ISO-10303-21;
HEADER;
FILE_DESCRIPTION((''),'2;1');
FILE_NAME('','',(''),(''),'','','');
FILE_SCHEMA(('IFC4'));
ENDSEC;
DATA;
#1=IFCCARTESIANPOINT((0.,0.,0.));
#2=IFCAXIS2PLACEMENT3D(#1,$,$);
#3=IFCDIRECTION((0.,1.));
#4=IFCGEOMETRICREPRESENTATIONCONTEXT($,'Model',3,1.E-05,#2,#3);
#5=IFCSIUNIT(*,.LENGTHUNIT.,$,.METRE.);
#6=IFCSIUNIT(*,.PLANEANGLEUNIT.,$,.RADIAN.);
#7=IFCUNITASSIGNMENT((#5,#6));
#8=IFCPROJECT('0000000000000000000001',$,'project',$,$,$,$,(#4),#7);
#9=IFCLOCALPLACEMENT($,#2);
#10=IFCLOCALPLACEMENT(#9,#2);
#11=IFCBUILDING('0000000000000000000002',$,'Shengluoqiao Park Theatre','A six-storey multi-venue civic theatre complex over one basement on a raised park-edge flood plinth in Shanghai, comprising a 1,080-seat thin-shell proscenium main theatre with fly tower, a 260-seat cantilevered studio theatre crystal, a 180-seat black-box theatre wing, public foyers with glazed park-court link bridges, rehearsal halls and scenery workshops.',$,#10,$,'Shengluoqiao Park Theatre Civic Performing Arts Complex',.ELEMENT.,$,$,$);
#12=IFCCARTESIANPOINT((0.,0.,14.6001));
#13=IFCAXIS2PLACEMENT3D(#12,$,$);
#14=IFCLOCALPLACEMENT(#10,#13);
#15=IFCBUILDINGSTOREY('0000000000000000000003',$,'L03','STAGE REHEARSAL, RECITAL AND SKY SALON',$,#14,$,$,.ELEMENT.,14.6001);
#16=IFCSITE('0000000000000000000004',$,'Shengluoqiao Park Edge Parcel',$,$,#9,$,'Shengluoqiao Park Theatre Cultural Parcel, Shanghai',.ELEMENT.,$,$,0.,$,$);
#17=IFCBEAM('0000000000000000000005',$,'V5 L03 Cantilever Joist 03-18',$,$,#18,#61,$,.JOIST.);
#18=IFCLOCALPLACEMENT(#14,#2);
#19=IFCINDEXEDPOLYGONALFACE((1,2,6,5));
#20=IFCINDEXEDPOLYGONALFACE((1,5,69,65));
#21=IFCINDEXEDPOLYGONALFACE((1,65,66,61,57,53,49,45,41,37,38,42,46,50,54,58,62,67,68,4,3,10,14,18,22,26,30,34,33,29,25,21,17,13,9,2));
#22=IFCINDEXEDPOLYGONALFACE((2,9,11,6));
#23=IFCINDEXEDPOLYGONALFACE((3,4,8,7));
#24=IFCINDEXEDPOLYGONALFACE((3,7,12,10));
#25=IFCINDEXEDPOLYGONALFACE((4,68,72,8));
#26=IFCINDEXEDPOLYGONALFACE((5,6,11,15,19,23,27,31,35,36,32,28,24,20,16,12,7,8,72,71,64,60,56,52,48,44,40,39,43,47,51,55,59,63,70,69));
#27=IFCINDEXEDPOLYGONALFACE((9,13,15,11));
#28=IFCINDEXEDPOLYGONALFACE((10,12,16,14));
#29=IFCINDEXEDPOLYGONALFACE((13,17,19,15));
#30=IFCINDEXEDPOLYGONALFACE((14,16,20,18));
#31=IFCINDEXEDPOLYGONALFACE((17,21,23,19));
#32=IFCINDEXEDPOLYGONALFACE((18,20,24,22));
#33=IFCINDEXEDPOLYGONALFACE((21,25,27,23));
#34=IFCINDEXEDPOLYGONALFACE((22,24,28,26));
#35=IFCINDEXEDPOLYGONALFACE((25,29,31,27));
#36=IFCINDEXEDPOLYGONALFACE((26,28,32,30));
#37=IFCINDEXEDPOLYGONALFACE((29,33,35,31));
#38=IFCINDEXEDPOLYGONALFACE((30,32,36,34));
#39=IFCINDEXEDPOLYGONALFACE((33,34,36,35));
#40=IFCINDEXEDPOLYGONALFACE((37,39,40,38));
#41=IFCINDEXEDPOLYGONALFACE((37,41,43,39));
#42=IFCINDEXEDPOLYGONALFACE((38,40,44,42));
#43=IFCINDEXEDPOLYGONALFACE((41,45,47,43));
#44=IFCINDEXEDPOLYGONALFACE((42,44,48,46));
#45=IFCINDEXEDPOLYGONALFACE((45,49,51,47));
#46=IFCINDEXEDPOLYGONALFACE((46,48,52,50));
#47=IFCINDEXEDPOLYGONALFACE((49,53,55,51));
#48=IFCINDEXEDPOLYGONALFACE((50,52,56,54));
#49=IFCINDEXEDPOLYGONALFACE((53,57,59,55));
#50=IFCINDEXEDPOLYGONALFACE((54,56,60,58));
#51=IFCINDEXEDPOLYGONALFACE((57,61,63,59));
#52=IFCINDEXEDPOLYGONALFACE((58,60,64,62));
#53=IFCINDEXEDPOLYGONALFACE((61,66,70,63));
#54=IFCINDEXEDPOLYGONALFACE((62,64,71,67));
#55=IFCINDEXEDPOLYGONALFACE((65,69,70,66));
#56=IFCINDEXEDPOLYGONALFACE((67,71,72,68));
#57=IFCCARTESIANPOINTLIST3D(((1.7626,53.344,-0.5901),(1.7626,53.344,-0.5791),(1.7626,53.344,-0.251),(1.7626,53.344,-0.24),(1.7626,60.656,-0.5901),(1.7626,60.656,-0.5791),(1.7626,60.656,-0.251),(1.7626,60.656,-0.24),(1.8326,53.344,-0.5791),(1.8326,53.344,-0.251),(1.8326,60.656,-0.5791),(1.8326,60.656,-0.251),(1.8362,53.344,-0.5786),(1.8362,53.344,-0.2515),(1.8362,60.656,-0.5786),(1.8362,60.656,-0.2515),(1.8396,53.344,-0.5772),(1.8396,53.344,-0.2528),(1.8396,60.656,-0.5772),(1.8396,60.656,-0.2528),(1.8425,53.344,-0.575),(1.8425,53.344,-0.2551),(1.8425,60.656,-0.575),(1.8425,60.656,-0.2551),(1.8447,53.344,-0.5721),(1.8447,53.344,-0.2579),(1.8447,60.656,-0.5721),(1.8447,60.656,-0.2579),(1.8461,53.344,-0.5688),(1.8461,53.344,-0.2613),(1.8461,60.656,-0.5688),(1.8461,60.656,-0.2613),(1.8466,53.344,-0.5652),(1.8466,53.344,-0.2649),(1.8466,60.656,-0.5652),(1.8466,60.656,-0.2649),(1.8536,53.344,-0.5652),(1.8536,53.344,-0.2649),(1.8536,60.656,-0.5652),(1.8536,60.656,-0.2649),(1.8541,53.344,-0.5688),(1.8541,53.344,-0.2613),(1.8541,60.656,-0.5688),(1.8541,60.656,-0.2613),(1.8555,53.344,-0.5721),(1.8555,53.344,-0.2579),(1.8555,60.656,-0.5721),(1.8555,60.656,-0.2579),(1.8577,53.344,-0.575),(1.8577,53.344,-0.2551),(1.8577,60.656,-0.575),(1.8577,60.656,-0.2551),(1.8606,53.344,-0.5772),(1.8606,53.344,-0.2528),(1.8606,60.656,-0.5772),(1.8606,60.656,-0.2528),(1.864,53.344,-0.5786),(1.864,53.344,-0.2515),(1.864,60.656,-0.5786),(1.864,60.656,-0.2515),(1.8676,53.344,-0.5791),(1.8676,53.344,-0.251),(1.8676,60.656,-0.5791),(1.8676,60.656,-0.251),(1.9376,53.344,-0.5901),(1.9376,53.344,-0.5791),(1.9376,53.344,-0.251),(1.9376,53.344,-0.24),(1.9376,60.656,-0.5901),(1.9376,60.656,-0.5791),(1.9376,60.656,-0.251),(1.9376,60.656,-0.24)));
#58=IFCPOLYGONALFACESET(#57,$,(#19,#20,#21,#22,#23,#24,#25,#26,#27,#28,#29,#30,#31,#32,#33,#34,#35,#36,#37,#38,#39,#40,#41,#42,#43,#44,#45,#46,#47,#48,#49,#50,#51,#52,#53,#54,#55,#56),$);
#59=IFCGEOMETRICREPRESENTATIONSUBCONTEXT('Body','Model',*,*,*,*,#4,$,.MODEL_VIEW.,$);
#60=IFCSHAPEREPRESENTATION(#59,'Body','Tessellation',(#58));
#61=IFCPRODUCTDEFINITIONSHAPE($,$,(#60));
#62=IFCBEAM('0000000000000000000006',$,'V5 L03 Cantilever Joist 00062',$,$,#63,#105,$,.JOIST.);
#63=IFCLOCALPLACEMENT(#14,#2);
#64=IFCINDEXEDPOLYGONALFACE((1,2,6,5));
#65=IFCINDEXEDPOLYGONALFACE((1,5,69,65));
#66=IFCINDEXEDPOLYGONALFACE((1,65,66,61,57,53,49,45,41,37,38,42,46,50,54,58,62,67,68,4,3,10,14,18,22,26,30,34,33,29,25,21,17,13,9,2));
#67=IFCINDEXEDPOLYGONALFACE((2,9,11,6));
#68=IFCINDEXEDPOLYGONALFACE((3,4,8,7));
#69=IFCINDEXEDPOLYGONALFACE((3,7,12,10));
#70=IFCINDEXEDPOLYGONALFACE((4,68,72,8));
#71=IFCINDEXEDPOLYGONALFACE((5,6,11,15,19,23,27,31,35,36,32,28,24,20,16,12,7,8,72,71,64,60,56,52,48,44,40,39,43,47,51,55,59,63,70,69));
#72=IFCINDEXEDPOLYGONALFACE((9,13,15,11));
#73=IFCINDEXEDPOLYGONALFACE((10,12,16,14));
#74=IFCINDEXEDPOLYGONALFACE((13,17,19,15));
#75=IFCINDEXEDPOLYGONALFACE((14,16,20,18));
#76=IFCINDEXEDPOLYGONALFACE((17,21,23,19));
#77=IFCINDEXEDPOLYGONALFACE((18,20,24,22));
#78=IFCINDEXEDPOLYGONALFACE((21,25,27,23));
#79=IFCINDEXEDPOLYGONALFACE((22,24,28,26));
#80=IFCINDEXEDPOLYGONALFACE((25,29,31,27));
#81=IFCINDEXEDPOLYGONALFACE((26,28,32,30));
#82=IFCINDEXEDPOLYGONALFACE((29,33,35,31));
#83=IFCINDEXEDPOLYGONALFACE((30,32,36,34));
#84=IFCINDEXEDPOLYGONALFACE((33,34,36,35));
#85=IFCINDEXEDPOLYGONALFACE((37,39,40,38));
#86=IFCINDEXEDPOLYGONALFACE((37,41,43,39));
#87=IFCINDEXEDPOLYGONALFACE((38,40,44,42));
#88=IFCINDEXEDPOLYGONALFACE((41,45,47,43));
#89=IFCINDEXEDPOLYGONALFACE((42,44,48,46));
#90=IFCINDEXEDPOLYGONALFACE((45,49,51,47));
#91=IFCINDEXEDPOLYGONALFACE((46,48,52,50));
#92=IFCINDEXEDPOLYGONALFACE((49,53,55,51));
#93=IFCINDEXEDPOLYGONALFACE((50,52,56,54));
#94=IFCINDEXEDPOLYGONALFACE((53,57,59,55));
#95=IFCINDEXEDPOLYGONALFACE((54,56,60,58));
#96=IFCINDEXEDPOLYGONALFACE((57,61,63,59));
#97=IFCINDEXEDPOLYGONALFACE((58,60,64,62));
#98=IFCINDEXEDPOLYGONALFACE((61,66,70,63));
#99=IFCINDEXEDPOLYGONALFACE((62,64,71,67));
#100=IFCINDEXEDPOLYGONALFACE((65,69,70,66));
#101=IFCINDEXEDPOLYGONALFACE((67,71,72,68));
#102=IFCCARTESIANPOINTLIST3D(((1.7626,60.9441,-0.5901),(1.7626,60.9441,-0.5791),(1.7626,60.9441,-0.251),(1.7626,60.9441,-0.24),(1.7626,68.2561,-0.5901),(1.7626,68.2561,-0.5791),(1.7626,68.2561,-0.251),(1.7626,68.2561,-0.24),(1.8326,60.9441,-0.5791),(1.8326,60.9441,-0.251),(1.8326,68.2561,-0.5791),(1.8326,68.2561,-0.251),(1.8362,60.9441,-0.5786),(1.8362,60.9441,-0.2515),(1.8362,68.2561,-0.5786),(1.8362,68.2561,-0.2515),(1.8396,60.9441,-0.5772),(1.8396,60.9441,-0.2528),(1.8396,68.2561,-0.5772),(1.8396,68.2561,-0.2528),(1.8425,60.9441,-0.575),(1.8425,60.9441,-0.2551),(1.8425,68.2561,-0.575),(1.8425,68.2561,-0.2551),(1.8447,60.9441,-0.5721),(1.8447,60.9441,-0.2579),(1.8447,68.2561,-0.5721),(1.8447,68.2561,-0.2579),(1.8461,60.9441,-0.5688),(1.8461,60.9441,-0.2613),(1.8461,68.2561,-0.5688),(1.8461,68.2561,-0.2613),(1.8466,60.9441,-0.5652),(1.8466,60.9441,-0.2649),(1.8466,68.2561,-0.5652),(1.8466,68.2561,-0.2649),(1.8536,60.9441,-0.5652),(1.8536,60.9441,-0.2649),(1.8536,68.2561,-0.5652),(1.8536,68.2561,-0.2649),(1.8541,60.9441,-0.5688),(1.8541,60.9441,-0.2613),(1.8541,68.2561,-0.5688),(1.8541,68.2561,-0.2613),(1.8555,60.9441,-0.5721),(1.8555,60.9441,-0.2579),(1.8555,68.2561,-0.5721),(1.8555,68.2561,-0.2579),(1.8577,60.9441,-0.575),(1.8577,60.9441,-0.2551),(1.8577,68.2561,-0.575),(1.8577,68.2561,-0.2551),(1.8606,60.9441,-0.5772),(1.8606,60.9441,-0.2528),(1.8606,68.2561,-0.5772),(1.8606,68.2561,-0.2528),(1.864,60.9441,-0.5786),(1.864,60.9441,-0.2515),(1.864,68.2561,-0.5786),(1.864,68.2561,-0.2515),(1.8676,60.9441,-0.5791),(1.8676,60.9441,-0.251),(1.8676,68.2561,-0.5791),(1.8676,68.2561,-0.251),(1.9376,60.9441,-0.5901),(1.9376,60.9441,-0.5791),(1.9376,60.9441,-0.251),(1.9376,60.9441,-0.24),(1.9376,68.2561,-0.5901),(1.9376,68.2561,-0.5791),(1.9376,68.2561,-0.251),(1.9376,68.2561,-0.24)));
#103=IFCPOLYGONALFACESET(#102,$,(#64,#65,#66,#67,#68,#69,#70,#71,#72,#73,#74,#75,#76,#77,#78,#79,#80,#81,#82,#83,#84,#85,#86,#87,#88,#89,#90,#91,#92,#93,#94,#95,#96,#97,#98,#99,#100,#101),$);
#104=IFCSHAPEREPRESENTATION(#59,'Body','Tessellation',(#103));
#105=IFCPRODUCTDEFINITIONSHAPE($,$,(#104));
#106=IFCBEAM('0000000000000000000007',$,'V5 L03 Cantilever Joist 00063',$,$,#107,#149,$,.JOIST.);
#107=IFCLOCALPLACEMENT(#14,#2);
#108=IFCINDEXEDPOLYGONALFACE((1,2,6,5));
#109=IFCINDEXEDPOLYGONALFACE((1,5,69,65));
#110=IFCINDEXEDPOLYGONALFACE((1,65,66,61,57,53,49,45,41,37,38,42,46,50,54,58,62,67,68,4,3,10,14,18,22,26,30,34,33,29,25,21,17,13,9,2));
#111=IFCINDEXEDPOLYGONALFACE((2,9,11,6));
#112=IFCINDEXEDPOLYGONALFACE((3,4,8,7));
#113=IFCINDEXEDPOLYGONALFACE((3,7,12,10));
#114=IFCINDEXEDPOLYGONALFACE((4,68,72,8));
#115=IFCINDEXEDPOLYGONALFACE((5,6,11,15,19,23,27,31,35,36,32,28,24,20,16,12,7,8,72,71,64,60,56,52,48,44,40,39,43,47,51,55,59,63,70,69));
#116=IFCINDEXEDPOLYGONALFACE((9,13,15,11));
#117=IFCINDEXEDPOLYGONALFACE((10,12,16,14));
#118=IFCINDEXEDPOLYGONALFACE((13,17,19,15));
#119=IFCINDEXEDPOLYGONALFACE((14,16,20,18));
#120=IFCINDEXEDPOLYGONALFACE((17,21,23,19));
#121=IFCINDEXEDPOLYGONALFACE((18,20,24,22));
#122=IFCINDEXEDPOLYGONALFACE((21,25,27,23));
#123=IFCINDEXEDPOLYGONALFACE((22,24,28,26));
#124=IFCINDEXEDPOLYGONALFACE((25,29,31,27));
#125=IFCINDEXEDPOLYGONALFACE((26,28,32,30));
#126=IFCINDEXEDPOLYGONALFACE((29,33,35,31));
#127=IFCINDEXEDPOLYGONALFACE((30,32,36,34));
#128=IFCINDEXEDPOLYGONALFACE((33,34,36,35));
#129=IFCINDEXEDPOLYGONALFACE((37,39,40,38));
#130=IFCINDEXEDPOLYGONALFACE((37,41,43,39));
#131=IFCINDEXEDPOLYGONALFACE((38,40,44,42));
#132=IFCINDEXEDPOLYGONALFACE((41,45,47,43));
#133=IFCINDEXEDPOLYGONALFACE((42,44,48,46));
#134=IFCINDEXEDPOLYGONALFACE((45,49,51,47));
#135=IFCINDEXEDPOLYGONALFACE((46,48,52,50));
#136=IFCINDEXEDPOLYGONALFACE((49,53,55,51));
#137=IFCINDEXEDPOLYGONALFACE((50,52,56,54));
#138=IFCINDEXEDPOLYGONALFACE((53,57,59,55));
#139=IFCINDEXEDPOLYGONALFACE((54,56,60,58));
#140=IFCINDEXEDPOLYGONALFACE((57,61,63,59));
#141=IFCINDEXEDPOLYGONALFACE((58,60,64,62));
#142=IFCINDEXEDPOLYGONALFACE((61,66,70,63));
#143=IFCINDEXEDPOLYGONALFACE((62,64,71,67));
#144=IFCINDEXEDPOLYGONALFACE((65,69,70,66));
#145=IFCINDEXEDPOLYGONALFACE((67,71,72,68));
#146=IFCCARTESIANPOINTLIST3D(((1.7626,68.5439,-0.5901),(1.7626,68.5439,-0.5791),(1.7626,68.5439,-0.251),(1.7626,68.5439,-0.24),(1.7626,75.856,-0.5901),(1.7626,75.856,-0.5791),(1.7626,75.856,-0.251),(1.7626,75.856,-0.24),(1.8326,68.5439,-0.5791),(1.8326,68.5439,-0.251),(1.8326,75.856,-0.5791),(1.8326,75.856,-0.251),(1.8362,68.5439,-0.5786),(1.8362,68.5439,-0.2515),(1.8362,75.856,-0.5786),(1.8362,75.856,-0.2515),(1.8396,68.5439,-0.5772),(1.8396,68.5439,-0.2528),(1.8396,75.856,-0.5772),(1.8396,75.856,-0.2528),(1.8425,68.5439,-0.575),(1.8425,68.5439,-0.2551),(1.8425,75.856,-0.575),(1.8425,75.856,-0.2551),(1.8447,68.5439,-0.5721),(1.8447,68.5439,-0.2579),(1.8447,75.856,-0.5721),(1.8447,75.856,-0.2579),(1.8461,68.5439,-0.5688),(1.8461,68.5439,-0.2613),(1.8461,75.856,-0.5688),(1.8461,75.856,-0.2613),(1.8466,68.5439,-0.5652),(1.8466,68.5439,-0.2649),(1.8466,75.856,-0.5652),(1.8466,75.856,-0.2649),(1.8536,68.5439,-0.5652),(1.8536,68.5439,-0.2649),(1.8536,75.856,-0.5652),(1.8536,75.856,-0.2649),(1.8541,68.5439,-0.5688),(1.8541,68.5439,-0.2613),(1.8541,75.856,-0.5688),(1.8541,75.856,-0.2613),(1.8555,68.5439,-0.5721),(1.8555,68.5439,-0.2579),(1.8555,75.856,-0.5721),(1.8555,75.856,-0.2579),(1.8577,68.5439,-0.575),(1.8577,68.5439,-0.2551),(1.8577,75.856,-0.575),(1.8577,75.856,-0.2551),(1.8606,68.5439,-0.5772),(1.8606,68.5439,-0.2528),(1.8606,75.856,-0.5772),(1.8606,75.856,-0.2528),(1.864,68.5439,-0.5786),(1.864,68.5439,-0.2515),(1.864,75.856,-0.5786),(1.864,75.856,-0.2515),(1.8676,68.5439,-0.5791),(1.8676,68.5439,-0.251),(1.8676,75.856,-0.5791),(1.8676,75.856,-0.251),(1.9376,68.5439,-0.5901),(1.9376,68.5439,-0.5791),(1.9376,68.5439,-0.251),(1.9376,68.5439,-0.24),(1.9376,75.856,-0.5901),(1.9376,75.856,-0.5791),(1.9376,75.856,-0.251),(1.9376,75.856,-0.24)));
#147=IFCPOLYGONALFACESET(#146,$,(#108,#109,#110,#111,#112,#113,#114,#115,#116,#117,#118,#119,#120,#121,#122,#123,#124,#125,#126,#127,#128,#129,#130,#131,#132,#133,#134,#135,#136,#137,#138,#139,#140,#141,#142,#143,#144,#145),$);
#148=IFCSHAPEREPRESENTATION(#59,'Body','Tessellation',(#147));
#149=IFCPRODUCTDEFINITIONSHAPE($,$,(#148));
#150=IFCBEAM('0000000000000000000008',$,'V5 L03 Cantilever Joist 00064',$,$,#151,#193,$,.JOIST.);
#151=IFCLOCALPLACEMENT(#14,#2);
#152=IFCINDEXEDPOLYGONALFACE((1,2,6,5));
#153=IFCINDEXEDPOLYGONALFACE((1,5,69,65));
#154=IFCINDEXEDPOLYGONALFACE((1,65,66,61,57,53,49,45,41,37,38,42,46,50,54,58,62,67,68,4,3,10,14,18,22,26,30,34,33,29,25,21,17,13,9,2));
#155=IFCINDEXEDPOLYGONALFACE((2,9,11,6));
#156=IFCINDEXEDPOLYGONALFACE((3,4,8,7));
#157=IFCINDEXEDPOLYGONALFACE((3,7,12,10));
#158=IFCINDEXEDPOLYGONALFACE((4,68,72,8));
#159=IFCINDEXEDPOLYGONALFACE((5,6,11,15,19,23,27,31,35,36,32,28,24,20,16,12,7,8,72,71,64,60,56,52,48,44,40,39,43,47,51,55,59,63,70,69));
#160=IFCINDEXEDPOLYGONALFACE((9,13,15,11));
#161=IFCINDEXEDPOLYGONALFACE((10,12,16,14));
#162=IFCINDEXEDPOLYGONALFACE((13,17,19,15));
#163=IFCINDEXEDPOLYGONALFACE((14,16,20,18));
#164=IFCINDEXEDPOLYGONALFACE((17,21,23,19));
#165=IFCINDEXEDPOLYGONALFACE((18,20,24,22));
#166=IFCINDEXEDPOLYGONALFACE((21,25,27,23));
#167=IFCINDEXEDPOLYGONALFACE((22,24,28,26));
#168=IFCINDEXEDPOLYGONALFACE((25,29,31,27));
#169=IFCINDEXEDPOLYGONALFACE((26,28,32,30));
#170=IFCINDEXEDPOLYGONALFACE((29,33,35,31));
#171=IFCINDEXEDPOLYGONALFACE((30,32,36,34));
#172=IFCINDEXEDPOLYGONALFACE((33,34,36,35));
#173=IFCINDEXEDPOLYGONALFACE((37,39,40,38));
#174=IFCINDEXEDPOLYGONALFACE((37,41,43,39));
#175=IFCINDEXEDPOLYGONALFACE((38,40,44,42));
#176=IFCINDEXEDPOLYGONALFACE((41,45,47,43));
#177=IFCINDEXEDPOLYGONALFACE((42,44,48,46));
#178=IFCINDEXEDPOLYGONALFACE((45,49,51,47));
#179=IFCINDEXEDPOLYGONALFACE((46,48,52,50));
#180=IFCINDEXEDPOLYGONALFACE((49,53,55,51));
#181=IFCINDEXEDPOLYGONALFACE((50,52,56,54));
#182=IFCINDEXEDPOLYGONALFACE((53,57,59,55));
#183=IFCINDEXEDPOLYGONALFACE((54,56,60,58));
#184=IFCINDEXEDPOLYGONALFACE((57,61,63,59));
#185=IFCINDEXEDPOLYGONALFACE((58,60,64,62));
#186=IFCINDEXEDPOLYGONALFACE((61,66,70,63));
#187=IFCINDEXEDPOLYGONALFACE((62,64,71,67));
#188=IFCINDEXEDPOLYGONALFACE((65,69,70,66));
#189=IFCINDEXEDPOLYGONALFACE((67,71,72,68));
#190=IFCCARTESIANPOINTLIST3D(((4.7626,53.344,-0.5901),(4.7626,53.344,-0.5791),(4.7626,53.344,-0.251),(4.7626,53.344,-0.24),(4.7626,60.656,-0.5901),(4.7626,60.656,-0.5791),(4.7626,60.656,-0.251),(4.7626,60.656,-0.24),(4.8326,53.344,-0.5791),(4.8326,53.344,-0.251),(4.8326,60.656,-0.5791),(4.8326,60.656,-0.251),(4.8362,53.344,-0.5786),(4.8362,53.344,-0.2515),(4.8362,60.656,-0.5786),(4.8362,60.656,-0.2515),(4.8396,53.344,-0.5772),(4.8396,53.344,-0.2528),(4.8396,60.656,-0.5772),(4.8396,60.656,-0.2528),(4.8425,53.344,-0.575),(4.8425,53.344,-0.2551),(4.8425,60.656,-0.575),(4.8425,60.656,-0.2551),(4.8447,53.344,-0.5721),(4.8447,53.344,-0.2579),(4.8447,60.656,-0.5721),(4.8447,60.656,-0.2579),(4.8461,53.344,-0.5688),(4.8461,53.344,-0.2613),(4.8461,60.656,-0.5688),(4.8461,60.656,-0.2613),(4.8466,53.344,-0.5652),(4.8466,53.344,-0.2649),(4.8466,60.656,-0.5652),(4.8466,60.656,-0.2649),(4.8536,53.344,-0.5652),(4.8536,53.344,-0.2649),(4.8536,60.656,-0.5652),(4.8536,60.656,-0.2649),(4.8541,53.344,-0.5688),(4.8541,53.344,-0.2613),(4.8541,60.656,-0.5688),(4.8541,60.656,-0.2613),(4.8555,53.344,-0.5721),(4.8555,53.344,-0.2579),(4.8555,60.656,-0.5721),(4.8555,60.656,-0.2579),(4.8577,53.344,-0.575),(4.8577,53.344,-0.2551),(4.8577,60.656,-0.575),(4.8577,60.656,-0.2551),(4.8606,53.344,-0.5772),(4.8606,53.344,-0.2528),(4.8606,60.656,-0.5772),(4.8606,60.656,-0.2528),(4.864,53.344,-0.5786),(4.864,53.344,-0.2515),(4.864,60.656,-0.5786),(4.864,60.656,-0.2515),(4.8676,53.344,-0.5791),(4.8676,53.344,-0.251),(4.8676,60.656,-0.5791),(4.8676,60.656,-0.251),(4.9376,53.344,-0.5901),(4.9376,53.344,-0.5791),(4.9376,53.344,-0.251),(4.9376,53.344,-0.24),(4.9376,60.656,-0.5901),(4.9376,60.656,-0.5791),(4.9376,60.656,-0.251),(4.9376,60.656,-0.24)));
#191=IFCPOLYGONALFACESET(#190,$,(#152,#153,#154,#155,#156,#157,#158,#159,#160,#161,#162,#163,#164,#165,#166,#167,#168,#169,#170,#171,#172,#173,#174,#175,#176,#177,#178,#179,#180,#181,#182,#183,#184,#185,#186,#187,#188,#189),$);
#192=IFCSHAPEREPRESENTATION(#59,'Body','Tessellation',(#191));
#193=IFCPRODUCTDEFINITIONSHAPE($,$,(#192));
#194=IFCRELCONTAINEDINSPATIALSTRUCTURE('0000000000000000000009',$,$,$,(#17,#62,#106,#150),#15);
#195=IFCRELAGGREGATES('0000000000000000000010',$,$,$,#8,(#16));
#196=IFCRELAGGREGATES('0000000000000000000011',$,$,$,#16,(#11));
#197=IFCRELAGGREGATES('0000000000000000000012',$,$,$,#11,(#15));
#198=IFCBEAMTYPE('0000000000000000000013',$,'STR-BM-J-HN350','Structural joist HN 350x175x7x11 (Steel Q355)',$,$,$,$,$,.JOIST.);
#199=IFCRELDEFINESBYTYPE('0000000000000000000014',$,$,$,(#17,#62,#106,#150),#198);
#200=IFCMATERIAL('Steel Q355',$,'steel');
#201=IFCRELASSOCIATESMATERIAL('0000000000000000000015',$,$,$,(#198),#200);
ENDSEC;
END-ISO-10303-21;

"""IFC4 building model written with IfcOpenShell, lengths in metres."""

from ifc_helpers import new_model, si_unit, direction, frame, origin, origin_2d, place, context, subcontext, project, spatial, i_section, extrude, material, material_profile, profile_set, type_object, element, save


model = new_model("IFC4")

# Units and contexts
model_context = context("Model", 3, precision=1e-05, world=origin(), true_north=direction((0.0, 1.0)))
body_context = subcontext(model_context, "Body", "Model", "MODEL_VIEW")
ifc_project = project(units=[si_unit("LENGTHUNIT", "METRE"), si_unit("PLANEANGLEUNIT", "RADIAN")], contexts=[model_context])

# Site, building, storey
site_placement = place(None, origin())
site = spatial("IfcSite", under=ifc_project, at=site_placement, Name="Shengluoqiao Park Edge Parcel", LongName="Shengluoqiao Park Theatre Cultural Parcel, Shanghai", CompositionType="ELEMENT", RefElevation=0.0)
building_placement = place(site_placement, origin())
building = spatial("IfcBuilding", under=site, at=building_placement, Name="Shengluoqiao Park Theatre", Description="A six-storey multi-venue civic theatre complex over one basement on a raised park-edge flood plinth in Shanghai, comprising a 1,080-seat thin-shell proscenium main theatre with fly tower, a 260-seat cantilevered studio theatre crystal, a 180-seat black-box theatre wing, public foyers with glazed park-court link bridges, rehearsal halls and scenery workshops.", LongName="Shengluoqiao Park Theatre Civic Performing Arts Complex", CompositionType="ELEMENT")
storey_placement = place(building_placement, frame((0.0, 0.0, 14.6001)))
storey = spatial("IfcBuildingStorey", under=building, at=storey_placement, Name="L03", Description="STAGE REHEARSAL, RECITAL AND SKY SALON", CompositionType="ELEMENT", Elevation=14.6001)

# Beams
ifc_material_1 = material(Name="Steel Q355", Category="steel")
ifc_material_profile_1 = material_profile(ifc_material_1, i_section(OverallWidth=0.175, OverallDepth=0.3501, WebThickness=0.0071, FlangeThickness=0.011, FilletRadius=0.0139, at=origin_2d()), Name="HN 350x175x7x11")
ifc_profile_set_1 = profile_set([ifc_material_profile_1], Name="Steel Q355")
beam_type_1 = type_object("IfcBeamType", Name="STR-BM-J-HN350", Description="Structural joist HN 350x175x7x11 (Steel Q355)", PredefinedType="JOIST", material=ifc_profile_set_1)
for number, where, z_axis, x_axis, name in (
    (1, (1.8501, 53.344, -0.415), (0.0, 1.0, 0.0), (-1.0, 0.0, 0.0), "V5 L03 Cantilever Joist 03-18"),
    (2, (1.8501, 60.9441, -0.415), (0.0, 1.0, 0.0), (-1.0, 0.0, 0.0), "V5 L03 Cantilever Joist 00062"),
    (3, (1.8501, 68.5439, -0.415), (0.0, 1.0, 0.0), (-1.0, 0.0, 0.0), "V5 L03 Cantilever Joist 00063"),
    (4, (4.8501, 53.344, -0.415), (0.0, 1.0, 0.0), (-1.0, 0.0, 0.0), "V5 L03 Cantilever Joist 00064"),
):
    element("IfcBeam", number, at=place(storey_placement, frame(where, z_axis=z_axis, x_axis=x_axis)), inside=storey, type_object=beam_type_1, Name=name, PredefinedType="JOIST", context=body_context, shape_type="SweptSolid", body=[
        extrude(i_section(OverallWidth=0.175, OverallDepth=0.3501, WebThickness=0.0071, FlangeThickness=0.011, FilletRadius=0.0139, at=origin_2d()), origin(), (0.0, 0.0, 1.0), 7.312),
    ])

save(model, "model.ifc")
